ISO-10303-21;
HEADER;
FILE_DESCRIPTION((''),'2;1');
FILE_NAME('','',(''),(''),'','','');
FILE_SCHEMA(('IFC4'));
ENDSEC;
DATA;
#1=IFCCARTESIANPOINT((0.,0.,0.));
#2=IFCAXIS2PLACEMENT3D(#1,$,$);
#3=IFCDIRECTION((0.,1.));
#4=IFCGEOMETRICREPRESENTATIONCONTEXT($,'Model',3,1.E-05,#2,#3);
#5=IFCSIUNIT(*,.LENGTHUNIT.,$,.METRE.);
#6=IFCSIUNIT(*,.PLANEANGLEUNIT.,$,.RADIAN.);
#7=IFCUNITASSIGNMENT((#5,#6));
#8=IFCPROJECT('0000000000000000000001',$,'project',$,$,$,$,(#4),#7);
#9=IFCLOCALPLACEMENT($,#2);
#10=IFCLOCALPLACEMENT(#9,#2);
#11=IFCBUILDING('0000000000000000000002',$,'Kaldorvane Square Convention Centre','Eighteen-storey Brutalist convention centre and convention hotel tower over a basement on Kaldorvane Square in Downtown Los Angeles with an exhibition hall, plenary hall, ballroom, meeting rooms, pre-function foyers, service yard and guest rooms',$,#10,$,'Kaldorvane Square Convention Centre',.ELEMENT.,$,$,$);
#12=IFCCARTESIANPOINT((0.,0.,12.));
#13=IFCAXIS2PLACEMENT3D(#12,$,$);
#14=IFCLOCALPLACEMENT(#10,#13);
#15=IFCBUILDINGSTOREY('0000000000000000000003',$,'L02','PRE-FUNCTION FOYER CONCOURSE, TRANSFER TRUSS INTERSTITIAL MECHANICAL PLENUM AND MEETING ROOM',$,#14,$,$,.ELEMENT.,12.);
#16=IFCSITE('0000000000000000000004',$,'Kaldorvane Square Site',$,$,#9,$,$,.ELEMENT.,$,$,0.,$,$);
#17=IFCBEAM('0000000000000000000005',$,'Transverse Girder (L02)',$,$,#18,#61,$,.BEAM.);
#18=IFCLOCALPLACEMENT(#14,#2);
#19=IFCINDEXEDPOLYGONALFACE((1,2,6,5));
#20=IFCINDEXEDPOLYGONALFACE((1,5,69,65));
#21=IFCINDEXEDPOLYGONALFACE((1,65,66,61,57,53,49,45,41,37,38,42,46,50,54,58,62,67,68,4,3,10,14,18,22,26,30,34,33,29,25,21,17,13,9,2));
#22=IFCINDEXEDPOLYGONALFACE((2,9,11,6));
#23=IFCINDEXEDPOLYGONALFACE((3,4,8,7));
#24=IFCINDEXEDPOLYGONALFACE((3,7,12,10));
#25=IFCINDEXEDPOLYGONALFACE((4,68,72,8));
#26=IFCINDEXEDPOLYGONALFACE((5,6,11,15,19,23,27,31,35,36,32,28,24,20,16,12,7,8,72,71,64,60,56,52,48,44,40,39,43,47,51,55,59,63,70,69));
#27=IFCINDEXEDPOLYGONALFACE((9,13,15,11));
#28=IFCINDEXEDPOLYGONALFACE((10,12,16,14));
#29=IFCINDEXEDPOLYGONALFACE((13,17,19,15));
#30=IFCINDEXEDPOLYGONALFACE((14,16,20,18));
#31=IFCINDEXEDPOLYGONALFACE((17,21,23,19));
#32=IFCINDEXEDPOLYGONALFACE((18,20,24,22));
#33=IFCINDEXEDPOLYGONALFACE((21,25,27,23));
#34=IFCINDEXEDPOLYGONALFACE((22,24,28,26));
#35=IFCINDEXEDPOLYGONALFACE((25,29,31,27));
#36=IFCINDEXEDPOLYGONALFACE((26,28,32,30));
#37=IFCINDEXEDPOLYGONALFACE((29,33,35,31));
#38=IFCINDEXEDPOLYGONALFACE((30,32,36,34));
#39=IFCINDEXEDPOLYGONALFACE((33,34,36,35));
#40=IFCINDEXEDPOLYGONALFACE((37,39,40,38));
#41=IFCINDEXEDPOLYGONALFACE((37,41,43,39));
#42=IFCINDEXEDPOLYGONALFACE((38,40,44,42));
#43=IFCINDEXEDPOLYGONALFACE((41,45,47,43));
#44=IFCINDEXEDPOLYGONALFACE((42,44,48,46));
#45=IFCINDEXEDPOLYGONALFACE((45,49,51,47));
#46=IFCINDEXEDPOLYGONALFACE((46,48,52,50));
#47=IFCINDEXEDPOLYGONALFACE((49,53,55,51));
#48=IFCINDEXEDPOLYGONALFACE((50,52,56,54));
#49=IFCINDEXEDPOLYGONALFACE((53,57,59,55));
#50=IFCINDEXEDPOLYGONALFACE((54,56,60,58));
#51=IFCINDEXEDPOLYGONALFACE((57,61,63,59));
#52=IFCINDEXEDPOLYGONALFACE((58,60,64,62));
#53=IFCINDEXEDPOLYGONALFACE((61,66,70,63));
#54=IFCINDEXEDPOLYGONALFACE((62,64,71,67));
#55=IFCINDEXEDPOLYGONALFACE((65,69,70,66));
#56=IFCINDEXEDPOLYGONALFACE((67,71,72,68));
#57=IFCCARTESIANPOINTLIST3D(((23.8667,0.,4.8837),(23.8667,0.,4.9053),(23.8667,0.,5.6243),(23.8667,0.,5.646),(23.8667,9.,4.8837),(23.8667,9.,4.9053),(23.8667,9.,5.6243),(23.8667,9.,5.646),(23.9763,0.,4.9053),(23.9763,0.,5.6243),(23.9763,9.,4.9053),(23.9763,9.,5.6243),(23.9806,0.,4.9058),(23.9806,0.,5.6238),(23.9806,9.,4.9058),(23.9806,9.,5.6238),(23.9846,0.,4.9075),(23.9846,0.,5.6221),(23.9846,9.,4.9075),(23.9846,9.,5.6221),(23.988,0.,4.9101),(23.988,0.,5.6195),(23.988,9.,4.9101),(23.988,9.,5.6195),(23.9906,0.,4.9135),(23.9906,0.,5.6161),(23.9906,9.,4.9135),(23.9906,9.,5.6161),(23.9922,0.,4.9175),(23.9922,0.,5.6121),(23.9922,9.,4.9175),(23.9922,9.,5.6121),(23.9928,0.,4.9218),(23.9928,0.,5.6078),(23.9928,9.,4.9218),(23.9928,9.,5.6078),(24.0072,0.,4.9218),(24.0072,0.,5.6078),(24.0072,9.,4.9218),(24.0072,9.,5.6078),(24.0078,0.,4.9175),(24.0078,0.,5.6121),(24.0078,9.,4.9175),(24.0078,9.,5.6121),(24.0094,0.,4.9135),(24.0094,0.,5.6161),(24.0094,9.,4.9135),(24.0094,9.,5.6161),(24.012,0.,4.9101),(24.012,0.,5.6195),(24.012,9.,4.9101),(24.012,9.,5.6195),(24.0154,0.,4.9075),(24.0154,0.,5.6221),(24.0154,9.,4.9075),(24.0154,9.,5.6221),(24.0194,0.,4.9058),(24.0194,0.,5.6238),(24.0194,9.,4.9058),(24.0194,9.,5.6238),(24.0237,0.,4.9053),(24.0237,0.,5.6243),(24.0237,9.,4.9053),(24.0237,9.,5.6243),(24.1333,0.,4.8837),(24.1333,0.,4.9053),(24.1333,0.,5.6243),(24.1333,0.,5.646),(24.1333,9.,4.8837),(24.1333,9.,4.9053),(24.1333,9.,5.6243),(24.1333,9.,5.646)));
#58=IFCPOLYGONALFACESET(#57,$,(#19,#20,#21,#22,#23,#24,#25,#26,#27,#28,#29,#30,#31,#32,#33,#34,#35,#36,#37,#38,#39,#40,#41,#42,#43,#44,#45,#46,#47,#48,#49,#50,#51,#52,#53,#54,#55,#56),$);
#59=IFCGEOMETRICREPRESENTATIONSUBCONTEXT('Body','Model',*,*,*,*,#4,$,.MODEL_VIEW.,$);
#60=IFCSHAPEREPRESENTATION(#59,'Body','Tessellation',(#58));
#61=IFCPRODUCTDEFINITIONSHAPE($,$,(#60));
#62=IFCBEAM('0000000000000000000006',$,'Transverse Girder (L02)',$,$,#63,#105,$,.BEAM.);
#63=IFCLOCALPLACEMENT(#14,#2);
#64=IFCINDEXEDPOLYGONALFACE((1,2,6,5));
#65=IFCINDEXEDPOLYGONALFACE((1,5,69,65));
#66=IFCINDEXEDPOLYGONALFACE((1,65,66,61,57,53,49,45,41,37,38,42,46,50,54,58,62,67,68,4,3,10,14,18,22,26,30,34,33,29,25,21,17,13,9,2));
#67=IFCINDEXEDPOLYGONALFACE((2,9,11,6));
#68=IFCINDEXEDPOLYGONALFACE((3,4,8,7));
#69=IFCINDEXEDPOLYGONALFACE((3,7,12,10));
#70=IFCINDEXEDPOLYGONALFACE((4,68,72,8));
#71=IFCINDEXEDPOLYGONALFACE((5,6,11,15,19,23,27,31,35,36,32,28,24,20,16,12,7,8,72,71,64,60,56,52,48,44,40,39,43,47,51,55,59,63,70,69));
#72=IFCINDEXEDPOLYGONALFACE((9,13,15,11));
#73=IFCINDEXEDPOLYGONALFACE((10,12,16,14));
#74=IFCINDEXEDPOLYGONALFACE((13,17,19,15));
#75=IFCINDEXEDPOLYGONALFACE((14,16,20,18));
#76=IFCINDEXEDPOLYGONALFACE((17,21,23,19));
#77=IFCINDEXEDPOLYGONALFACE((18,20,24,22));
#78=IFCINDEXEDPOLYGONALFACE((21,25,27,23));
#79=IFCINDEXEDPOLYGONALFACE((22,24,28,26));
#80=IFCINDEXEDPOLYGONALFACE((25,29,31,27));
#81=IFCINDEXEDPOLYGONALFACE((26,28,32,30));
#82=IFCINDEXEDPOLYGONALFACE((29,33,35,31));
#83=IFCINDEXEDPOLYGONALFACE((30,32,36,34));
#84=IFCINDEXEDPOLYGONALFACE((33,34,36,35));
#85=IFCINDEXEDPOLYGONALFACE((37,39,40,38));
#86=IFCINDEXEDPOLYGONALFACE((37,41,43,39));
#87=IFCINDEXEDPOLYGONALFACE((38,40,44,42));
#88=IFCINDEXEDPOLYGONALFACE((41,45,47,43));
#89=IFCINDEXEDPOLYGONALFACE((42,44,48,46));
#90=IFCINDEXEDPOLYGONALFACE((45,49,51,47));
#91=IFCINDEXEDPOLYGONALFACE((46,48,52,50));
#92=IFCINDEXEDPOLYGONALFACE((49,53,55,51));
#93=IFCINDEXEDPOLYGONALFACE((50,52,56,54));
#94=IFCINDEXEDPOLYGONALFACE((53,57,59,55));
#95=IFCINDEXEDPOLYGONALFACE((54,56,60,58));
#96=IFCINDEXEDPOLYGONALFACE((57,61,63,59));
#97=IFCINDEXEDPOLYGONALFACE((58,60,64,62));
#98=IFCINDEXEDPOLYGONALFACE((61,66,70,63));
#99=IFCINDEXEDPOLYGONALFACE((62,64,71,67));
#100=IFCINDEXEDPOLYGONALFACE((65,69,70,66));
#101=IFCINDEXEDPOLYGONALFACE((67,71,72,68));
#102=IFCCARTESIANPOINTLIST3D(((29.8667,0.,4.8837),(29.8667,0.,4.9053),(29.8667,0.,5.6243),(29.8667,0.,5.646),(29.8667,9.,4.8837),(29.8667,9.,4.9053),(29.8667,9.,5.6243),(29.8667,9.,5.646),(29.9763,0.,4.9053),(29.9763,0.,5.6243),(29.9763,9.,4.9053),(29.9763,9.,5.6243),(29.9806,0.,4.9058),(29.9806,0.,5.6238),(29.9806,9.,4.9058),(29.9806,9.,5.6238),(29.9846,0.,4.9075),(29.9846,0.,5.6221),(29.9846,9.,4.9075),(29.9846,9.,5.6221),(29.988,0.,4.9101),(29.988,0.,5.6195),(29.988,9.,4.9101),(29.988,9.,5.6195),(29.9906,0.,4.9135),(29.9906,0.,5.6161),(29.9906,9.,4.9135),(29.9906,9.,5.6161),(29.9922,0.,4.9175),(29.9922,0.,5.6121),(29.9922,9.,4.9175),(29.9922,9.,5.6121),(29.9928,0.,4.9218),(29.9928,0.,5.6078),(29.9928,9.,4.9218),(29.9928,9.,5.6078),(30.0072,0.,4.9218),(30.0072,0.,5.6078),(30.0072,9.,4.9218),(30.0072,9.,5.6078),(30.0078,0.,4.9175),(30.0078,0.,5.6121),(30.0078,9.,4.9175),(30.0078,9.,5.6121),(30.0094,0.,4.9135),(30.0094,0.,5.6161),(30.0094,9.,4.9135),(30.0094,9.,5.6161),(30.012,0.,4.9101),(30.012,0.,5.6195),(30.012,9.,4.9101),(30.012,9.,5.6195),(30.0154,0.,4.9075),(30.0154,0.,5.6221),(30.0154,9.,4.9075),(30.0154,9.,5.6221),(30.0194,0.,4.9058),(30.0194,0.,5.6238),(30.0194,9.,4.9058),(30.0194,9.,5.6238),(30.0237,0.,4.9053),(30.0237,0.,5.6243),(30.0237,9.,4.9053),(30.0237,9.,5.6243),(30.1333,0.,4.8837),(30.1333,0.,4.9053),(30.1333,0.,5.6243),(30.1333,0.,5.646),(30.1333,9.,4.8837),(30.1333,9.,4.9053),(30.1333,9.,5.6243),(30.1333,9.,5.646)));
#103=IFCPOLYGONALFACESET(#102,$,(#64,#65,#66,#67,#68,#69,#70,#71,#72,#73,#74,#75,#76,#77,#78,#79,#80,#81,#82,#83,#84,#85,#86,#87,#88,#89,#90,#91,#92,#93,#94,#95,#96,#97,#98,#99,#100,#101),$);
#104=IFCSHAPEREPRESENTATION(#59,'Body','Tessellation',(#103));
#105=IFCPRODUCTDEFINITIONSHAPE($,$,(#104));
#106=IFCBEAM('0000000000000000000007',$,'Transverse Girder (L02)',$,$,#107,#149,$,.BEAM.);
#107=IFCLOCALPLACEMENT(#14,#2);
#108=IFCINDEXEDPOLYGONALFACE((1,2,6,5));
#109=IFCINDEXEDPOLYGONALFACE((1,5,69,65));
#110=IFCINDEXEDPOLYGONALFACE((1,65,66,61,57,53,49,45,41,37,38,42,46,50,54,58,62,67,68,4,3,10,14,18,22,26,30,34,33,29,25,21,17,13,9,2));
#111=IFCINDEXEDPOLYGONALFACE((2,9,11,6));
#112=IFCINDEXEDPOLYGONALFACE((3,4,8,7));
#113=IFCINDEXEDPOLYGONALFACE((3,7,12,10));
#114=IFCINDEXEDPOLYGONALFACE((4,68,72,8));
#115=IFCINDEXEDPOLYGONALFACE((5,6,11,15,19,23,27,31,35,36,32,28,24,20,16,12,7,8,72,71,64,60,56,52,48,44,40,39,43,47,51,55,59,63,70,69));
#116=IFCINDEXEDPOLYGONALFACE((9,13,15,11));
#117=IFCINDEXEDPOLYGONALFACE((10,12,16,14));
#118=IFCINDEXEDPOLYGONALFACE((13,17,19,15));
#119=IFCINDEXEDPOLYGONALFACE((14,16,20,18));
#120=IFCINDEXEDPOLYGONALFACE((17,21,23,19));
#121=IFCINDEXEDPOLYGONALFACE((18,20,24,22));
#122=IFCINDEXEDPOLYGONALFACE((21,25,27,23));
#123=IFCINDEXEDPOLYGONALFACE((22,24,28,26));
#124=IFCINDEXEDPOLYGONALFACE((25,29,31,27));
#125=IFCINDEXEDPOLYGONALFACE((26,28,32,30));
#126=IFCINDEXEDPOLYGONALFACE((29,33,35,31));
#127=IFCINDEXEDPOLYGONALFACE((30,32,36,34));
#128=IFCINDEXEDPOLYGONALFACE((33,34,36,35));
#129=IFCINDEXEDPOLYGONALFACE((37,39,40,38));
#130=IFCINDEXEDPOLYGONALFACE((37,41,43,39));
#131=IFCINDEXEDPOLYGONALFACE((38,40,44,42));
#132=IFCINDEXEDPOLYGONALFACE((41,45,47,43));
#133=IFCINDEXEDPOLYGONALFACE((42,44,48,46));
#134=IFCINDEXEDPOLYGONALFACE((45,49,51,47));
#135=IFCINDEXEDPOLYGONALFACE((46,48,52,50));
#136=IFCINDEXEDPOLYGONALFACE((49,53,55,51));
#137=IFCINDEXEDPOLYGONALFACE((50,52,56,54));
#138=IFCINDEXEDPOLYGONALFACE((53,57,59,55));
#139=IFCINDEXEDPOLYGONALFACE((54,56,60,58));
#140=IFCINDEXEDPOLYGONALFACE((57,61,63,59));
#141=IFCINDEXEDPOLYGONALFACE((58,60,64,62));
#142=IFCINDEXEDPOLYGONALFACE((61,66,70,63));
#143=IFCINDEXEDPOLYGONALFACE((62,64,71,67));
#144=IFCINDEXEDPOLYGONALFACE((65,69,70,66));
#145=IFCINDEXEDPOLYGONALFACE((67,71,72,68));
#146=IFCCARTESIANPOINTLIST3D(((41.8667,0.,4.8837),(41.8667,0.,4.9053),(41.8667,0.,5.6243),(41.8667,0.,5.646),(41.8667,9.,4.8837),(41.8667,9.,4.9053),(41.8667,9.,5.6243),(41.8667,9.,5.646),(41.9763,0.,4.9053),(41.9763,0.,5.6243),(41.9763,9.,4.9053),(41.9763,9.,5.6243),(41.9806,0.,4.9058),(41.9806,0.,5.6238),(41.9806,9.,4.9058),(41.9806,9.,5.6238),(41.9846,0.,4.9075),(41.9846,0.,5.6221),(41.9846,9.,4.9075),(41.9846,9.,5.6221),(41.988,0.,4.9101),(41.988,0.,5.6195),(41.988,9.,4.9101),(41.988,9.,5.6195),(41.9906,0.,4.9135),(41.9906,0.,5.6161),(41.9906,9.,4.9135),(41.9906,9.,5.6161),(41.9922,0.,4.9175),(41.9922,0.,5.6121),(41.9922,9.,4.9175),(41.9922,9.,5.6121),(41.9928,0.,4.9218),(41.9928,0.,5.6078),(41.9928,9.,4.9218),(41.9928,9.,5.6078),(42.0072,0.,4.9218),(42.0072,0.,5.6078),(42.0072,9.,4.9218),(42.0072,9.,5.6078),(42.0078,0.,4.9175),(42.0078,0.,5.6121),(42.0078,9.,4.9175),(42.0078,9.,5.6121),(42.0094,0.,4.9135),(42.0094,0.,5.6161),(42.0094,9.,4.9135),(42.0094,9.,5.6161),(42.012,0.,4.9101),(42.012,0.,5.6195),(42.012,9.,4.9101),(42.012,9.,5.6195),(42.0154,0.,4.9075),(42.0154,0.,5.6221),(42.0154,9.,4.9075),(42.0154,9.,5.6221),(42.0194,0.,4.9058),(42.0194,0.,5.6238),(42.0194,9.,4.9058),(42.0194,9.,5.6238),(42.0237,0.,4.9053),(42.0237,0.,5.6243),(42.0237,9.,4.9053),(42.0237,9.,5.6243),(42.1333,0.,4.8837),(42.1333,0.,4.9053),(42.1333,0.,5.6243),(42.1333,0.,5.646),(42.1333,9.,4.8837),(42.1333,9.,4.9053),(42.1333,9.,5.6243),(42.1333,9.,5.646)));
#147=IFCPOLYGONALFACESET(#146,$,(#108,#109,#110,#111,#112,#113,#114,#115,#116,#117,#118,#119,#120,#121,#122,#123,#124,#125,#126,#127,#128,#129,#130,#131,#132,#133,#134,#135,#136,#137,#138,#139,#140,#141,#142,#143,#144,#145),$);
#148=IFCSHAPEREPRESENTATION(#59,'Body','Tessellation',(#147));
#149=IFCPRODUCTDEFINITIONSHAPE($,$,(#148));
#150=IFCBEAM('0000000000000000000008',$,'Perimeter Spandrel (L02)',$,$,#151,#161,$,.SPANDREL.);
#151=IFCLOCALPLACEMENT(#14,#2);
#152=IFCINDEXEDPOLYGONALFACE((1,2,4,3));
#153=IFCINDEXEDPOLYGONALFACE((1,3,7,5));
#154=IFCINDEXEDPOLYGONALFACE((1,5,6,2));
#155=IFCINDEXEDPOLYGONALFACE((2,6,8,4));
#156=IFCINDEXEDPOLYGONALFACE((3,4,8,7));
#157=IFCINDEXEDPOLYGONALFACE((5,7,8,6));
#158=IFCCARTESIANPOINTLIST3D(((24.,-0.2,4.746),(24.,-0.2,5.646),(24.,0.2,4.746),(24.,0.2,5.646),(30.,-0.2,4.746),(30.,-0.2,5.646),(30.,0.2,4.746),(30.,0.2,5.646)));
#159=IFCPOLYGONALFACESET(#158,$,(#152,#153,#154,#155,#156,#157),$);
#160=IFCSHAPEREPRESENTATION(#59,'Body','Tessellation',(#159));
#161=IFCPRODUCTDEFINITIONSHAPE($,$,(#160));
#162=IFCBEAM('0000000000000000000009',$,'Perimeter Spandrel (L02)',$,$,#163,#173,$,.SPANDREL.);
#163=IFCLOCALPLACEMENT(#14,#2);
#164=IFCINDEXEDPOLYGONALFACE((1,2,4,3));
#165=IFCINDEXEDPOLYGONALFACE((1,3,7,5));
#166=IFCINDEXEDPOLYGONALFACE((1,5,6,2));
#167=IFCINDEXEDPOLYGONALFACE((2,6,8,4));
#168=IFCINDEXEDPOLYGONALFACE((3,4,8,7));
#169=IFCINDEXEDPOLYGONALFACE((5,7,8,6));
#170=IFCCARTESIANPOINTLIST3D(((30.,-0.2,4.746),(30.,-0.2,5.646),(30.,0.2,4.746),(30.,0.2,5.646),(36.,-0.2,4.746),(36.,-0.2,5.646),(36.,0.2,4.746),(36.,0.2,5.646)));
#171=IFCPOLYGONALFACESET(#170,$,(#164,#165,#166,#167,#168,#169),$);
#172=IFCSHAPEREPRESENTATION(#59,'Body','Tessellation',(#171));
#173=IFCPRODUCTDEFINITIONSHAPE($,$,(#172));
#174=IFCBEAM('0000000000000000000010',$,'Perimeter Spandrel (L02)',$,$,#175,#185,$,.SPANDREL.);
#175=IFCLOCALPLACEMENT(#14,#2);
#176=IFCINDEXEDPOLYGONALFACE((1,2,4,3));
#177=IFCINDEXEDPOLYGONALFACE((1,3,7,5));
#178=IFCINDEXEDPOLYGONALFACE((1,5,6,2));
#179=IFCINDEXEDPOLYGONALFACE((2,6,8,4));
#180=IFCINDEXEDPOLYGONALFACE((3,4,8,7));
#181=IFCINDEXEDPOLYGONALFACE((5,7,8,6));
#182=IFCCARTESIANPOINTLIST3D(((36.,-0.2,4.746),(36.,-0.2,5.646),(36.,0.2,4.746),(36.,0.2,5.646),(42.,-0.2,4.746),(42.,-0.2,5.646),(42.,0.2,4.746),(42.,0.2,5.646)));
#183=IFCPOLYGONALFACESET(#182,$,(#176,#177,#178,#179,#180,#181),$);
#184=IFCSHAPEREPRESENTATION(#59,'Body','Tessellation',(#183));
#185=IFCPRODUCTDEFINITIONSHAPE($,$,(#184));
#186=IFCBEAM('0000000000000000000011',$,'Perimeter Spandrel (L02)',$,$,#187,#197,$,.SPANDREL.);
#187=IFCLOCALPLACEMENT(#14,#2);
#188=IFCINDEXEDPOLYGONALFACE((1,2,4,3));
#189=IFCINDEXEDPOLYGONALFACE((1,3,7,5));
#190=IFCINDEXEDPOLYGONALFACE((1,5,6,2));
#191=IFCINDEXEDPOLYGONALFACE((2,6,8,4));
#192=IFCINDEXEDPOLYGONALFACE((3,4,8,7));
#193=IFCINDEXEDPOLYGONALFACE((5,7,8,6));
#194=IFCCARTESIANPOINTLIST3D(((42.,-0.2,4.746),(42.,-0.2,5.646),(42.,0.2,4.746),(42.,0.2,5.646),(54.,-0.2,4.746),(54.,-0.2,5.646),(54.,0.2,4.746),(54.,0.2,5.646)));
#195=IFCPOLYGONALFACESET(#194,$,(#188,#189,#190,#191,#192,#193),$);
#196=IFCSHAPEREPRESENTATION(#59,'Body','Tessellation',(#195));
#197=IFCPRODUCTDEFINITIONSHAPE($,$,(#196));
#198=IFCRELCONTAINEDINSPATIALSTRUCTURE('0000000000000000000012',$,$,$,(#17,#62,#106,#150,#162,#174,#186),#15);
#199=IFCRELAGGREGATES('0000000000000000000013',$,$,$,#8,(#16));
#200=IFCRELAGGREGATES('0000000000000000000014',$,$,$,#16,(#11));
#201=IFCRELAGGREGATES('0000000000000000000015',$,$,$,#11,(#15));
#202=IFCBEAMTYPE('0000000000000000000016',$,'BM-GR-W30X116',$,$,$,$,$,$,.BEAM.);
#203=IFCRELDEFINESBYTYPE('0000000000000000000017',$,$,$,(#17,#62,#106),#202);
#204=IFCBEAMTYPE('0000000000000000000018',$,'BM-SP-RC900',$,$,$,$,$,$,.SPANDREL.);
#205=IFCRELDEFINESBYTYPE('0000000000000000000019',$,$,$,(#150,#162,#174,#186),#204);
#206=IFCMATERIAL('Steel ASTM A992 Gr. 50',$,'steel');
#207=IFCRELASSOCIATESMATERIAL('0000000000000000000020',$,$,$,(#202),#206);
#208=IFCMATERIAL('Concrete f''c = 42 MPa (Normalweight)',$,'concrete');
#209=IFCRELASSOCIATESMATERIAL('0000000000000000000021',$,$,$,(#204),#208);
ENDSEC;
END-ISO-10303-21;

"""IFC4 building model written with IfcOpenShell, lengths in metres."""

from ifc_helpers import new_model, si_unit, direction, frame, origin, origin_2d, place, context, subcontext, project, spatial, rectangle, i_section, extrude, material, material_profile, profile_set, type_object, element, save


model = new_model("IFC4")

# Units and contexts
model_context = context("Model", 3, precision=1e-05, world=origin(), true_north=direction((0.0, 1.0)))
body_context = subcontext(model_context, "Body", "Model", "MODEL_VIEW")
ifc_project = project(units=[si_unit("LENGTHUNIT", "METRE"), si_unit("PLANEANGLEUNIT", "RADIAN")], contexts=[model_context])

# Site, building, storey
site_placement = place(None, origin())
site = spatial("IfcSite", under=ifc_project, at=site_placement, Name="Kaldorvane Square Site", CompositionType="ELEMENT", RefElevation=0.0)
building_placement = place(site_placement, origin())
building = spatial("IfcBuilding", under=site, at=building_placement, Name="Kaldorvane Square Convention Centre", Description="Eighteen-storey Brutalist convention centre and convention hotel tower over a basement on Kaldorvane Square in Downtown Los Angeles with an exhibition hall, plenary hall, ballroom, meeting rooms, pre-function foyers, service yard and guest rooms", LongName="Kaldorvane Square Convention Centre", CompositionType="ELEMENT")
storey_placement = place(building_placement, frame((0.0, 0.0, 12.0)))
storey = spatial("IfcBuildingStorey", under=building, at=storey_placement, Name="L02", Description="PRE-FUNCTION FOYER CONCOURSE, TRANSFER TRUSS INTERSTITIAL MECHANICAL PLENUM AND MEETING ROOM", CompositionType="ELEMENT", Elevation=12.0)

# Shared definitions
ifc_material_1 = material(Name="Steel ASTM A992 Gr. 50", Category="steel")

# Beams
ifc_material_profile_1 = material_profile(ifc_material_1, i_section(OverallWidth=0.2666, OverallDepth=0.7623, WebThickness=0.0144, FlangeThickness=0.0216, FilletRadius=0.0165, at=origin_2d()), Name="W30X116")
ifc_profile_set_1 = profile_set([ifc_material_profile_1], Name="Steel ASTM A992 Gr. 50")
beam_type_1 = type_object("IfcBeamType", Name="BM-GR-W30X116", PredefinedType="BEAM", material=ifc_profile_set_1)
for number, where, z_axis, x_axis, name in (
    (1, (24.0, 0.0, 5.2648), (0.0, 1.0, 0.0), (-1.0, 0.0, 0.0), "Transverse Girder (L02)"),
    (2, (30.0, 0.0, 5.2648), (0.0, 1.0, 0.0), (-1.0, 0.0, 0.0), "Transverse Girder (L02)"),
    (3, (42.0, 0.0, 5.2648), (0.0, 1.0, 0.0), (-1.0, 0.0, 0.0), "Transverse Girder (L02)"),
):
    element("IfcBeam", number, at=place(storey_placement, frame(where, z_axis=z_axis, x_axis=x_axis)), inside=storey, type_object=beam_type_1, Name=name, PredefinedType="BEAM", context=body_context, shape_type="SweptSolid", body=[
        extrude(i_section(OverallWidth=0.2666, OverallDepth=0.7623, WebThickness=0.0144, FlangeThickness=0.0216, FilletRadius=0.0165, at=origin_2d()), origin(), (0.0, 0.0, 1.0), 9.0),
    ])
ifc_material_2 = material(Name="Concrete f'c = 42 MPa (Normalweight)", Category="concrete")
ifc_material_profile_2 = material_profile(ifc_material_2, rectangle(XDim=0.4, YDim=0.9, at=origin_2d()), Name="RCSP900X400")
ifc_profile_set_2 = profile_set([ifc_material_profile_2], Name="Concrete f'c = 42 MPa (Normalweight)")
beam_type_2 = type_object("IfcBeamType", Name="BM-SP-RC900", PredefinedType="SPANDREL", material=ifc_profile_set_2)
for number, where, z_axis, x_axis, name in (
    (4, (24.0, 0.0, 5.196), (1.0, 0.0, 0.0), (0.0, 1.0, 0.0), "Perimeter Spandrel (L02)"),
    (5, (30.0, 0.0, 5.196), (1.0, 0.0, 0.0), (0.0, 1.0, 0.0), "Perimeter Spandrel (L02)"),
    (6, (36.0, 0.0, 5.196), (1.0, 0.0, 0.0), (0.0, 1.0, 0.0), "Perimeter Spandrel (L02)"),
):
    element("IfcBeam", number, at=place(storey_placement, frame(where, z_axis=z_axis, x_axis=x_axis)), inside=storey, type_object=beam_type_2, Name=name, PredefinedType="SPANDREL", context=body_context, shape_type="SweptSolid", body=[
        extrude(rectangle(XDim=0.4, YDim=0.9, at=origin_2d()), origin(), (0.0, 0.0, 1.0), 6.0),
    ])
beam_placement = place(storey_placement, frame((42.0, 0.0, 5.196), z_axis=(1.0, 0.0, 0.0), x_axis=(0.0, 1.0, 0.0)))
element("IfcBeam", 7, at=beam_placement, inside=storey, type_object=beam_type_2, Name="Perimeter Spandrel (L02)", PredefinedType="SPANDREL", context=body_context, shape_type="SweptSolid", body=[
    extrude(rectangle(XDim=0.4, YDim=0.9, at=origin_2d()), origin(), (0.0, 0.0, 1.0), 12.0),
])

save(model, "model.ifc")
